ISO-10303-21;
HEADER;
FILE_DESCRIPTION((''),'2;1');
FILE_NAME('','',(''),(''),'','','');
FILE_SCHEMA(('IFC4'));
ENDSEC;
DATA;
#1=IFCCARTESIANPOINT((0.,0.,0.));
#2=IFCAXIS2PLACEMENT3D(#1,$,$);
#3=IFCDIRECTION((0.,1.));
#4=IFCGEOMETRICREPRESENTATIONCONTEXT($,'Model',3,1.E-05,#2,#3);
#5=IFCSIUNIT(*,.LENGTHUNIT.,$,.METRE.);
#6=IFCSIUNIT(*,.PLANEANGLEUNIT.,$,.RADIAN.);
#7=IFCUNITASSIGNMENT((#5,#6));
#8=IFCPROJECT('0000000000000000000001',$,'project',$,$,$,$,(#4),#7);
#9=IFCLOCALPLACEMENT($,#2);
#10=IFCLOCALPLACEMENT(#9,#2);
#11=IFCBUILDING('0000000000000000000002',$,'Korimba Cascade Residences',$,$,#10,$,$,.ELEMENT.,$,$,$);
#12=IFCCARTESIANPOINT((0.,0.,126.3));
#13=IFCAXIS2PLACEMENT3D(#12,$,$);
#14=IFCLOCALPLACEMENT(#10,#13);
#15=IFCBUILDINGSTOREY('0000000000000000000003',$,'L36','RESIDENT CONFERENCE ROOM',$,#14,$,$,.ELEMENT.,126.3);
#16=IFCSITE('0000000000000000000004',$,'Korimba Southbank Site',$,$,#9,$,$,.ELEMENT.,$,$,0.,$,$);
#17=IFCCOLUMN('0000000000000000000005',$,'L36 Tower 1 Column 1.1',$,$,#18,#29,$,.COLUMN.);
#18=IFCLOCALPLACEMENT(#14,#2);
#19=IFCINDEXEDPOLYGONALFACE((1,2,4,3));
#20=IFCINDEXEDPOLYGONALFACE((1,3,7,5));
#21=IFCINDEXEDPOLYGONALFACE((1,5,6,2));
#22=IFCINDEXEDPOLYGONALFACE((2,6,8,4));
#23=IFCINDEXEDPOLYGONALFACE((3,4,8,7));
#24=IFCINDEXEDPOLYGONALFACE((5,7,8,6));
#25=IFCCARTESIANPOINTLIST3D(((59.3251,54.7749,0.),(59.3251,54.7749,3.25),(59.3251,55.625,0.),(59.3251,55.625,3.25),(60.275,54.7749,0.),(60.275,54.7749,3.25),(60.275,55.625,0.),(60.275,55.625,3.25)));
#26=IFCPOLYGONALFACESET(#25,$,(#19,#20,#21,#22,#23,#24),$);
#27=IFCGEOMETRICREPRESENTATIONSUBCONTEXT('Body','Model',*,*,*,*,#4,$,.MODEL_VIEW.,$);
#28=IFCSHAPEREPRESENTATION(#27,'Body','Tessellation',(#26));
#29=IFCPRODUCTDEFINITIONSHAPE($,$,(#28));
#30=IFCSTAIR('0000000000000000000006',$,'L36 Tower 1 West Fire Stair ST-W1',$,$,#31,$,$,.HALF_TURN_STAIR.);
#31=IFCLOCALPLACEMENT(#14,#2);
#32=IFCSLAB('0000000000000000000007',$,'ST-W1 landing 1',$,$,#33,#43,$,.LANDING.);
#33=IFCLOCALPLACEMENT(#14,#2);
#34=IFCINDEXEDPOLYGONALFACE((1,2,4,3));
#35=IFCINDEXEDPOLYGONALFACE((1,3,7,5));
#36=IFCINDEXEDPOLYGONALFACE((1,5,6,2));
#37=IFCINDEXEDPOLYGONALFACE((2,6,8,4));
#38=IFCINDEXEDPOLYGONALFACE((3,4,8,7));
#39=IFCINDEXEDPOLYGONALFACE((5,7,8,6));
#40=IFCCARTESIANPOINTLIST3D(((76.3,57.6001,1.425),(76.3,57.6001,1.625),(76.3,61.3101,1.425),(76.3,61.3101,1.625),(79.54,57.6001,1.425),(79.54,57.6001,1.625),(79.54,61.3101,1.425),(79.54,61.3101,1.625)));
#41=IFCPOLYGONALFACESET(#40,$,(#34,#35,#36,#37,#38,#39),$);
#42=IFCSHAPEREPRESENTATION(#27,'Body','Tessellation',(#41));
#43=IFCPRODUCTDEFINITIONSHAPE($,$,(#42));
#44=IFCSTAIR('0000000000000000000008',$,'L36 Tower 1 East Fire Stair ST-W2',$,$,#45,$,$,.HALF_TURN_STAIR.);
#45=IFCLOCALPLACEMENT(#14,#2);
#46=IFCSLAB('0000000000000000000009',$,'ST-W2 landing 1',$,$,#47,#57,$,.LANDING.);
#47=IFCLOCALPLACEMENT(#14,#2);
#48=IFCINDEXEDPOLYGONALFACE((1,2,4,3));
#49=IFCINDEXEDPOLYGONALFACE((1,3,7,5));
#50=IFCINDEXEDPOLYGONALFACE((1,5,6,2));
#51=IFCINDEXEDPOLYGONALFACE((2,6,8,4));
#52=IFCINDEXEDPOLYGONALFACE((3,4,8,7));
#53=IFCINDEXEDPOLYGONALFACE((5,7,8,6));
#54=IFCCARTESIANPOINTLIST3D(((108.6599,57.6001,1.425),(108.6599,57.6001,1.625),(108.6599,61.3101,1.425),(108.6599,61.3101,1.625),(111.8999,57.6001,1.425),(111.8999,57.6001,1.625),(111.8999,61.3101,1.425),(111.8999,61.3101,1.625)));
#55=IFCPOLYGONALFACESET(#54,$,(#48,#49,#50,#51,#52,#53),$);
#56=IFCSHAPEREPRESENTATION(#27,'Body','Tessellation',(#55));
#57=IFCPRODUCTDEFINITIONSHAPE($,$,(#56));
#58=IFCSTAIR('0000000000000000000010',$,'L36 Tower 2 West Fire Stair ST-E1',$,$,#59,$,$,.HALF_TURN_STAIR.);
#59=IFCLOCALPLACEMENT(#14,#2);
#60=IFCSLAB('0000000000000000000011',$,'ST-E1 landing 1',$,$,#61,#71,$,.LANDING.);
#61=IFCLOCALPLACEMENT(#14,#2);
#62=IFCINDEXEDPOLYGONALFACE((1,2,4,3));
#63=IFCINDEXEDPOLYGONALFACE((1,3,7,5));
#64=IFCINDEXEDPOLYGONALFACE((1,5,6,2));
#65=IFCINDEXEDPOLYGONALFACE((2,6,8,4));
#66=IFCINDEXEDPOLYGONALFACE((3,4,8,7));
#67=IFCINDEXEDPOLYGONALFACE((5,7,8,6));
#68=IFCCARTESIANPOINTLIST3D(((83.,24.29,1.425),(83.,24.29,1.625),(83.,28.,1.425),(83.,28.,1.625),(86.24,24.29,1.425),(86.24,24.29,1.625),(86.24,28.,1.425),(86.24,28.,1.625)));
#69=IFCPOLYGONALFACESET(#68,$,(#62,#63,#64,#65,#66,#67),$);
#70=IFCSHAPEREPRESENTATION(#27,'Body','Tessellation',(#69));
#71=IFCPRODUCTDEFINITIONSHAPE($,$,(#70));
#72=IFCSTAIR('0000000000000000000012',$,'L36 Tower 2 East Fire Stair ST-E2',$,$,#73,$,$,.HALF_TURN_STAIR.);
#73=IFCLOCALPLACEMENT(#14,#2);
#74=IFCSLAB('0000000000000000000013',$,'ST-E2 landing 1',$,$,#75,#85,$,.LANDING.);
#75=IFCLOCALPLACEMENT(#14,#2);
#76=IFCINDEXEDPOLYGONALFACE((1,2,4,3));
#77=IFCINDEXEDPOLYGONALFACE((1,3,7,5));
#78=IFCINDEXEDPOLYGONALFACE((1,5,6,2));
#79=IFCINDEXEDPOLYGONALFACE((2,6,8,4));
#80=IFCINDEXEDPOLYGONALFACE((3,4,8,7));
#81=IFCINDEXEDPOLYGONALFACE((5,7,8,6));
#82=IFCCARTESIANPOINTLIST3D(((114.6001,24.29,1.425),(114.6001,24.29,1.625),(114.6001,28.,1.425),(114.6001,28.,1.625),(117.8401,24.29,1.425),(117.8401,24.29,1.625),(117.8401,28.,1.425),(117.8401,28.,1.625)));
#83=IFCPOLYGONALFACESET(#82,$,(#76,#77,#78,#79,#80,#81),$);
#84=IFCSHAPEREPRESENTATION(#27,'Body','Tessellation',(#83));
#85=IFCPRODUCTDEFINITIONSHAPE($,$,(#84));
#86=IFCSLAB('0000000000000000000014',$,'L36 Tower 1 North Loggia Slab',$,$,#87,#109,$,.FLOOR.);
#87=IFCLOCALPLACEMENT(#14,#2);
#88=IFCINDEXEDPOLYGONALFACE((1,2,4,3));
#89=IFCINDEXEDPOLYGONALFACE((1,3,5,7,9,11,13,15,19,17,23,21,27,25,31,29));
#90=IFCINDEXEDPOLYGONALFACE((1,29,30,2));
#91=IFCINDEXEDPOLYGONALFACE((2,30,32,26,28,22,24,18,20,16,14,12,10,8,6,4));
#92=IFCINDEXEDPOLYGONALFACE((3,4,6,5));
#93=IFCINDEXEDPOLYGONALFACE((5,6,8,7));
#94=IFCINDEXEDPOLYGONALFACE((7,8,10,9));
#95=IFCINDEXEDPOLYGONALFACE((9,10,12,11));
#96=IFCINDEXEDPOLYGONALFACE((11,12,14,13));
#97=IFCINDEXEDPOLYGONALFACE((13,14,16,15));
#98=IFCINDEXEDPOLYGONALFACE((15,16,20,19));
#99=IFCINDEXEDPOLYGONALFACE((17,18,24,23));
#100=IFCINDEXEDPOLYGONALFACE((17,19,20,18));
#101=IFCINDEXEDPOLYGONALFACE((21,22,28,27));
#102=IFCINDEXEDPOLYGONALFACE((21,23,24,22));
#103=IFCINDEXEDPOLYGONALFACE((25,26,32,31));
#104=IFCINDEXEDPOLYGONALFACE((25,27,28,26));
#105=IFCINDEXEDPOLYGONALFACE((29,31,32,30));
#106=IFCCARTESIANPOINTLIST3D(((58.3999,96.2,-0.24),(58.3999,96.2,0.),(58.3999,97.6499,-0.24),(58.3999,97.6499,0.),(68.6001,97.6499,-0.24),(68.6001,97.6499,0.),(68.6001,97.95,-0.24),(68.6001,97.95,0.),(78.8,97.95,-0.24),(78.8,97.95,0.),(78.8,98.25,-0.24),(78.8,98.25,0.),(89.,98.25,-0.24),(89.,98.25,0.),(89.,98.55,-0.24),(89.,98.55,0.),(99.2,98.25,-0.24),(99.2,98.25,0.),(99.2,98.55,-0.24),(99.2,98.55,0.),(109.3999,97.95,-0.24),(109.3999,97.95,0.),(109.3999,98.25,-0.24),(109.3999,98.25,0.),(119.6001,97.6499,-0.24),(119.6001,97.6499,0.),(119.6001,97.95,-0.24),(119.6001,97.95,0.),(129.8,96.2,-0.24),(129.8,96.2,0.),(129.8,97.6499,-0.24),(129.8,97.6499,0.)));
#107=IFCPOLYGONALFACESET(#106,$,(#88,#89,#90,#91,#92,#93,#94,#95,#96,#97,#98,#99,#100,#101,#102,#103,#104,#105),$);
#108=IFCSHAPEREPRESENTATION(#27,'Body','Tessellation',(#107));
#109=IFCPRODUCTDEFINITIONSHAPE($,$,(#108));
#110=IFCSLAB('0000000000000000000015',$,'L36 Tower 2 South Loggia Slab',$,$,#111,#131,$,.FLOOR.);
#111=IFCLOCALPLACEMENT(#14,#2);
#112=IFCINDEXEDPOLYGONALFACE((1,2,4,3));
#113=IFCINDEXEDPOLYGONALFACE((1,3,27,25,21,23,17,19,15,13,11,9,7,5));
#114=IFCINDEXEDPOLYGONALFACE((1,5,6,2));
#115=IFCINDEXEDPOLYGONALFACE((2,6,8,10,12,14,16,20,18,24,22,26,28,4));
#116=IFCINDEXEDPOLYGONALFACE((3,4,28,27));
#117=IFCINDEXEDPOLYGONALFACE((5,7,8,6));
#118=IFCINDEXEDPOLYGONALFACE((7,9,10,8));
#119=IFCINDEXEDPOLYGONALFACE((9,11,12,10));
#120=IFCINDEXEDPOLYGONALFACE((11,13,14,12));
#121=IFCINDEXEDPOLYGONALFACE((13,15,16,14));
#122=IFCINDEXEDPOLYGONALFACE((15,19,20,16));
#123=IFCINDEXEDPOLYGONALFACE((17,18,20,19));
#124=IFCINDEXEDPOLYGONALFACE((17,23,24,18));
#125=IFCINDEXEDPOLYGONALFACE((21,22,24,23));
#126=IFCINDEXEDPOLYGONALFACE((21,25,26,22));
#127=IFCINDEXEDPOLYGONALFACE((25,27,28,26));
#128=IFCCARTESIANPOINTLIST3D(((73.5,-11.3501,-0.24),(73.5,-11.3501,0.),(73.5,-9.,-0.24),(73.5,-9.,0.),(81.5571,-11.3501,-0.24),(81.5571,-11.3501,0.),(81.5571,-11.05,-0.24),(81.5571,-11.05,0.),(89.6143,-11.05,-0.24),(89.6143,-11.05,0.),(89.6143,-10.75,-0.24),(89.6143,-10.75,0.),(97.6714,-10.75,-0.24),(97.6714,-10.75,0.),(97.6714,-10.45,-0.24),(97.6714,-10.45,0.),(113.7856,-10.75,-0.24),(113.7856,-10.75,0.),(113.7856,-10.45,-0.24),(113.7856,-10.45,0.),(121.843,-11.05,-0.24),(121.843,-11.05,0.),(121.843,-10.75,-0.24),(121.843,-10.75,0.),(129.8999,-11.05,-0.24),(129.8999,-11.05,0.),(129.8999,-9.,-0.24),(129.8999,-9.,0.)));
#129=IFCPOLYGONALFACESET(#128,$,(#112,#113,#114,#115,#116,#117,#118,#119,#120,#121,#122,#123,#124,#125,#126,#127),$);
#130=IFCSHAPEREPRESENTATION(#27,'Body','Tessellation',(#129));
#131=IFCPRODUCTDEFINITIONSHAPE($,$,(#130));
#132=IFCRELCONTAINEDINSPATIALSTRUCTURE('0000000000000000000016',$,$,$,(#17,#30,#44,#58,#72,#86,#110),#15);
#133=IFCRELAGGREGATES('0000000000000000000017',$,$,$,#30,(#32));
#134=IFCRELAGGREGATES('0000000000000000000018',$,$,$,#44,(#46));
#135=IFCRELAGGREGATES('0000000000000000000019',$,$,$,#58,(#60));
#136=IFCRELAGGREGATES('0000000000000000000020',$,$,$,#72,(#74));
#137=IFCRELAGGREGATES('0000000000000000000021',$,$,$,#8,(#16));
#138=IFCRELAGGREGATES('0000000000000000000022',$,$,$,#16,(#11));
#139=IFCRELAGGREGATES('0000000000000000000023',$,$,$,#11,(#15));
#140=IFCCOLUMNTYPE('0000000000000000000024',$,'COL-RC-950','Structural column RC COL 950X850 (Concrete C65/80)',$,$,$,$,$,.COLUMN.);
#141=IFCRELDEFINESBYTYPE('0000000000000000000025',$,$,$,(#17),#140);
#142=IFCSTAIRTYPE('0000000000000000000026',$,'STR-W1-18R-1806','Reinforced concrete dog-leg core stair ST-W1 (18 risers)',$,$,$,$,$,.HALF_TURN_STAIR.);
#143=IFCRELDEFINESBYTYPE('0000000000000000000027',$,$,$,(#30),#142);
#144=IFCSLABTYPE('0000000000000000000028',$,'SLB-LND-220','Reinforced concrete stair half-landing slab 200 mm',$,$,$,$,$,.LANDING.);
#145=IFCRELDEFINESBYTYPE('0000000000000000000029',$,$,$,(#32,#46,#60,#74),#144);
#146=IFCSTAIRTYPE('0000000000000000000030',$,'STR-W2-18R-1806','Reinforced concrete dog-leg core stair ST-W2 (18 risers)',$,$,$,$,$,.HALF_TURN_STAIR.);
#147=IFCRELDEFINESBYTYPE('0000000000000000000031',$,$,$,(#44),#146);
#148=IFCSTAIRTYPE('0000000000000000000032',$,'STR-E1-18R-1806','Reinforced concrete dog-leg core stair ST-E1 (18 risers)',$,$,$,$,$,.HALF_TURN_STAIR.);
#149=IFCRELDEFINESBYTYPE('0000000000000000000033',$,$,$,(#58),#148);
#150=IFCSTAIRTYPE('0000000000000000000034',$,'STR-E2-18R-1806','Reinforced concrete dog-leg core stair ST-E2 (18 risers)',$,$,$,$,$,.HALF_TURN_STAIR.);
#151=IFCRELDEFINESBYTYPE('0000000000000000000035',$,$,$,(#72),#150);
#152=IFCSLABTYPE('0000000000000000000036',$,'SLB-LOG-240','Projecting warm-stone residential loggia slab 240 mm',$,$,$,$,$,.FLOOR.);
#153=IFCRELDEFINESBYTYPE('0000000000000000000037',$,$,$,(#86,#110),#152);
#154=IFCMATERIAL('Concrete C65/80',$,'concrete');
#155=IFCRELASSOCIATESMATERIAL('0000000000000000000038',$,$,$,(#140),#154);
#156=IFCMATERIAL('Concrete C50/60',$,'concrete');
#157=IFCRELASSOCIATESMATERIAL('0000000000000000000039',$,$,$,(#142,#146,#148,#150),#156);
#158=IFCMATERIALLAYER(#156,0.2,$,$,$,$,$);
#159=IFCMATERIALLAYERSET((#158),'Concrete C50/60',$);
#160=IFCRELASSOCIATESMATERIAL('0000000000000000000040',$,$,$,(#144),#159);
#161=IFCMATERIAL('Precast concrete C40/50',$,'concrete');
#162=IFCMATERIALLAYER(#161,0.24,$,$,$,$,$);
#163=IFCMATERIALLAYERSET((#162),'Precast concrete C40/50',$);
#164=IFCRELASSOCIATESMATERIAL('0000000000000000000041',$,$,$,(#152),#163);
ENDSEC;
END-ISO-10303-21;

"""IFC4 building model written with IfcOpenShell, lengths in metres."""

from ifc_helpers import new_model, si_unit, direction, frame, origin, origin_2d, place, context, subcontext, project, spatial, polyline, rectangle, outline, extrude, material, layer, layer_set, material_profile, profile_set, type_object, element, aggregate, save


model = new_model("IFC4")

# Units and contexts
model_context = context("Model", 3, precision=1e-05, world=origin(), true_north=direction((0.0, 1.0)))
body_context = subcontext(model_context, "Body", "Model", "MODEL_VIEW")
ifc_project = project(units=[si_unit("LENGTHUNIT", "METRE"), si_unit("PLANEANGLEUNIT", "RADIAN")], contexts=[model_context])

# Site, building, storey
site_placement = place(None, origin())
site = spatial("IfcSite", under=ifc_project, at=site_placement, Name="Korimba Southbank Site", CompositionType="ELEMENT", RefElevation=0.0)
building_placement = place(site_placement, origin())
building = spatial("IfcBuilding", under=site, at=building_placement, Name="Korimba Cascade Residences", CompositionType="ELEMENT")
storey_placement = place(building_placement, frame((0.0, 0.0, 126.3)))
storey = spatial("IfcBuildingStorey", under=building, at=storey_placement, Name="L36", Description="RESIDENT CONFERENCE ROOM", CompositionType="ELEMENT", Elevation=126.3)

# Column
ifc_material_1 = material(Name="Concrete C65/80", Category="concrete")
ifc_material_profile = material_profile(ifc_material_1, rectangle(XDim=0.95, YDim=0.8501, at=origin_2d()), Name="Concrete C65/80")
ifc_profile_set = profile_set([ifc_material_profile], Name="Concrete C65/80")
column_type = type_object("IfcColumnType", Name="COL-RC-950", Description="Structural column RC COL 950X850 (Concrete C65/80)", PredefinedType="COLUMN", material=ifc_profile_set)
column_placement = place(storey_placement, frame((59.8, 55.2, 0.0), z_axis=(0.0, 0.0, 1.0), x_axis=(1.0, 0.0, 0.0)))
element("IfcColumn", 1, at=column_placement, inside=storey, type_object=column_type, Name="L36 Tower 1 Column 1.1", PredefinedType="COLUMN", context=body_context, shape_type="SweptSolid", body=[
    extrude(rectangle(XDim=0.95, YDim=0.8501, at=origin_2d()), origin(), (0.0, 0.0, 1.0), 3.25),
])

# Stairs, slabs
ifc_material_2 = material(Name="Concrete C50/60", Category="concrete")
stair_type_1 = type_object("IfcStairType", Name="STR-W1-18R-1806", Description="Reinforced concrete dog-leg core stair ST-W1 (18 risers)", PredefinedType="HALF_TURN_STAIR", material=ifc_material_2)
stair_1_placement = place(storey_placement, origin())
stair_1 = element("IfcStair", 2, at=stair_1_placement, inside=storey, type_object=stair_type_1, Name="L36 Tower 1 West Fire Stair ST-W1", PredefinedType="HALF_TURN_STAIR")
ifc_layer_1 = layer(ifc_material_2, 0.2)
ifc_layer_set_1 = layer_set([ifc_layer_1], Name="Concrete C50/60")
slab_type_1 = type_object("IfcSlabType", Name="SLB-LND-220", Description="Reinforced concrete stair half-landing slab 200 mm", PredefinedType="LANDING", material=ifc_layer_set_1)
slab_1_placement = place(storey_placement, frame((0.0, 0.0, 1.425)))
slab_1 = element("IfcSlab", 3, at=slab_1_placement, type_object=slab_type_1, Name="ST-W1 landing 1", PredefinedType="LANDING", context=body_context, shape_type="SweptSolid", body=[
    extrude(outline(polyline([(76.3, 61.3101), (76.3, 57.6001), (79.54, 57.6001), (79.54, 61.3101), (76.3, 61.3101)])), origin(), (0.0, 0.0, 1.0), 0.2),
])
aggregate(stair_1, [slab_1])
stair_type_2 = type_object("IfcStairType", Name="STR-W2-18R-1806", Description="Reinforced concrete dog-leg core stair ST-W2 (18 risers)", PredefinedType="HALF_TURN_STAIR", material=ifc_material_2)
stair_2_placement = place(storey_placement, origin())
stair_2 = element("IfcStair", 4, at=stair_2_placement, inside=storey, type_object=stair_type_2, Name="L36 Tower 1 East Fire Stair ST-W2", PredefinedType="HALF_TURN_STAIR")
slab_2_placement = place(storey_placement, frame((0.0, 0.0, 1.425)))
slab_2 = element("IfcSlab", 5, at=slab_2_placement, type_object=slab_type_1, Name="ST-W2 landing 1", PredefinedType="LANDING", context=body_context, shape_type="SweptSolid", body=[
    extrude(outline(polyline([(108.6599, 61.3101), (108.6599, 57.6001), (111.8999, 57.6001), (111.8999, 61.3101), (108.6599, 61.3101)])), origin(), (0.0, 0.0, 1.0), 0.2),
])
aggregate(stair_2, [slab_2])
stair_type_3 = type_object("IfcStairType", Name="STR-E1-18R-1806", Description="Reinforced concrete dog-leg core stair ST-E1 (18 risers)", PredefinedType="HALF_TURN_STAIR", material=ifc_material_2)
stair_3_placement = place(storey_placement, origin())
stair_3 = element("IfcStair", 6, at=stair_3_placement, inside=storey, type_object=stair_type_3, Name="L36 Tower 2 West Fire Stair ST-E1", PredefinedType="HALF_TURN_STAIR")
slab_3_placement = place(storey_placement, frame((0.0, 0.0, 1.425)))
slab_3 = element("IfcSlab", 7, at=slab_3_placement, type_object=slab_type_1, Name="ST-E1 landing 1", PredefinedType="LANDING", context=body_context, shape_type="SweptSolid", body=[
    extrude(outline(polyline([(86.24, 24.29), (86.24, 28.0), (83.0, 28.0), (83.0, 24.29), (86.24, 24.29)])), origin(), (0.0, 0.0, 1.0), 0.2),
])
aggregate(stair_3, [slab_3])
stair_type_4 = type_object("IfcStairType", Name="STR-E2-18R-1806", Description="Reinforced concrete dog-leg core stair ST-E2 (18 risers)", PredefinedType="HALF_TURN_STAIR", material=ifc_material_2)
stair_4_placement = place(storey_placement, origin())
stair_4 = element("IfcStair", 8, at=stair_4_placement, inside=storey, type_object=stair_type_4, Name="L36 Tower 2 East Fire Stair ST-E2", PredefinedType="HALF_TURN_STAIR")
slab_4_placement = place(storey_placement, frame((0.0, 0.0, 1.425)))
slab_4 = element("IfcSlab", 9, at=slab_4_placement, type_object=slab_type_1, Name="ST-E2 landing 1", PredefinedType="LANDING", context=body_context, shape_type="SweptSolid", body=[
    extrude(outline(polyline([(117.8401, 24.29), (117.8401, 28.0), (114.6001, 28.0), (114.6001, 24.29), (117.8401, 24.29)])), origin(), (0.0, 0.0, 1.0), 0.2),
])
aggregate(stair_4, [slab_4])

# Slabs
ifc_material_3 = material(Name="Precast concrete C40/50", Category="concrete")
ifc_layer_2 = layer(ifc_material_3, 0.24)
ifc_layer_set_2 = layer_set([ifc_layer_2], Name="Precast concrete C40/50")
slab_type_2 = type_object("IfcSlabType", Name="SLB-LOG-240", Description="Projecting warm-stone residential loggia slab 240 mm", PredefinedType="FLOOR", material=ifc_layer_set_2)
slab_5_placement = place(storey_placement, frame((0.0, 0.0, -0.24)))
element("IfcSlab", 10, at=slab_5_placement, inside=storey, type_object=slab_type_2, Name="L36 Tower 1 North Loggia Slab", PredefinedType="FLOOR", context=body_context, shape_type="SweptSolid", body=[
    extrude(outline(polyline([(58.3999, 96.2), (129.8, 96.2), (129.8, 97.6499), (119.6001, 97.6499), (119.6001, 97.95), (109.3999, 97.95), (109.3999, 98.25), (99.2, 98.25), (99.2, 98.55), (89.0, 98.55), (89.0, 98.25), (78.8, 98.25), (78.8, 97.95), (68.6001, 97.95), (68.6001, 97.6499), (58.3999, 97.6499), (58.3999, 96.2)])), origin(), (0.0, 0.0, 1.0), 0.24),
])
slab_6_placement = place(storey_placement, frame((0.0, 0.0, -0.24)))
element("IfcSlab", 11, at=slab_6_placement, inside=storey, type_object=slab_type_2, Name="L36 Tower 2 South Loggia Slab", PredefinedType="FLOOR", context=body_context, shape_type="SweptSolid", body=[
    extrude(outline(polyline([(73.5, -11.3501), (81.5571, -11.3501), (81.5571, -11.05), (89.6143, -11.05), (89.6143, -10.75), (97.6714, -10.75), (97.6714, -10.45), (113.7856, -10.45), (113.7856, -10.75), (121.843, -10.75), (121.843, -11.05), (129.8999, -11.05), (129.8999, -9.0), (73.5, -9.0), (73.5, -11.3501)])), origin(), (0.0, 0.0, 1.0), 0.24),
])

save(model, "model.ifc")
